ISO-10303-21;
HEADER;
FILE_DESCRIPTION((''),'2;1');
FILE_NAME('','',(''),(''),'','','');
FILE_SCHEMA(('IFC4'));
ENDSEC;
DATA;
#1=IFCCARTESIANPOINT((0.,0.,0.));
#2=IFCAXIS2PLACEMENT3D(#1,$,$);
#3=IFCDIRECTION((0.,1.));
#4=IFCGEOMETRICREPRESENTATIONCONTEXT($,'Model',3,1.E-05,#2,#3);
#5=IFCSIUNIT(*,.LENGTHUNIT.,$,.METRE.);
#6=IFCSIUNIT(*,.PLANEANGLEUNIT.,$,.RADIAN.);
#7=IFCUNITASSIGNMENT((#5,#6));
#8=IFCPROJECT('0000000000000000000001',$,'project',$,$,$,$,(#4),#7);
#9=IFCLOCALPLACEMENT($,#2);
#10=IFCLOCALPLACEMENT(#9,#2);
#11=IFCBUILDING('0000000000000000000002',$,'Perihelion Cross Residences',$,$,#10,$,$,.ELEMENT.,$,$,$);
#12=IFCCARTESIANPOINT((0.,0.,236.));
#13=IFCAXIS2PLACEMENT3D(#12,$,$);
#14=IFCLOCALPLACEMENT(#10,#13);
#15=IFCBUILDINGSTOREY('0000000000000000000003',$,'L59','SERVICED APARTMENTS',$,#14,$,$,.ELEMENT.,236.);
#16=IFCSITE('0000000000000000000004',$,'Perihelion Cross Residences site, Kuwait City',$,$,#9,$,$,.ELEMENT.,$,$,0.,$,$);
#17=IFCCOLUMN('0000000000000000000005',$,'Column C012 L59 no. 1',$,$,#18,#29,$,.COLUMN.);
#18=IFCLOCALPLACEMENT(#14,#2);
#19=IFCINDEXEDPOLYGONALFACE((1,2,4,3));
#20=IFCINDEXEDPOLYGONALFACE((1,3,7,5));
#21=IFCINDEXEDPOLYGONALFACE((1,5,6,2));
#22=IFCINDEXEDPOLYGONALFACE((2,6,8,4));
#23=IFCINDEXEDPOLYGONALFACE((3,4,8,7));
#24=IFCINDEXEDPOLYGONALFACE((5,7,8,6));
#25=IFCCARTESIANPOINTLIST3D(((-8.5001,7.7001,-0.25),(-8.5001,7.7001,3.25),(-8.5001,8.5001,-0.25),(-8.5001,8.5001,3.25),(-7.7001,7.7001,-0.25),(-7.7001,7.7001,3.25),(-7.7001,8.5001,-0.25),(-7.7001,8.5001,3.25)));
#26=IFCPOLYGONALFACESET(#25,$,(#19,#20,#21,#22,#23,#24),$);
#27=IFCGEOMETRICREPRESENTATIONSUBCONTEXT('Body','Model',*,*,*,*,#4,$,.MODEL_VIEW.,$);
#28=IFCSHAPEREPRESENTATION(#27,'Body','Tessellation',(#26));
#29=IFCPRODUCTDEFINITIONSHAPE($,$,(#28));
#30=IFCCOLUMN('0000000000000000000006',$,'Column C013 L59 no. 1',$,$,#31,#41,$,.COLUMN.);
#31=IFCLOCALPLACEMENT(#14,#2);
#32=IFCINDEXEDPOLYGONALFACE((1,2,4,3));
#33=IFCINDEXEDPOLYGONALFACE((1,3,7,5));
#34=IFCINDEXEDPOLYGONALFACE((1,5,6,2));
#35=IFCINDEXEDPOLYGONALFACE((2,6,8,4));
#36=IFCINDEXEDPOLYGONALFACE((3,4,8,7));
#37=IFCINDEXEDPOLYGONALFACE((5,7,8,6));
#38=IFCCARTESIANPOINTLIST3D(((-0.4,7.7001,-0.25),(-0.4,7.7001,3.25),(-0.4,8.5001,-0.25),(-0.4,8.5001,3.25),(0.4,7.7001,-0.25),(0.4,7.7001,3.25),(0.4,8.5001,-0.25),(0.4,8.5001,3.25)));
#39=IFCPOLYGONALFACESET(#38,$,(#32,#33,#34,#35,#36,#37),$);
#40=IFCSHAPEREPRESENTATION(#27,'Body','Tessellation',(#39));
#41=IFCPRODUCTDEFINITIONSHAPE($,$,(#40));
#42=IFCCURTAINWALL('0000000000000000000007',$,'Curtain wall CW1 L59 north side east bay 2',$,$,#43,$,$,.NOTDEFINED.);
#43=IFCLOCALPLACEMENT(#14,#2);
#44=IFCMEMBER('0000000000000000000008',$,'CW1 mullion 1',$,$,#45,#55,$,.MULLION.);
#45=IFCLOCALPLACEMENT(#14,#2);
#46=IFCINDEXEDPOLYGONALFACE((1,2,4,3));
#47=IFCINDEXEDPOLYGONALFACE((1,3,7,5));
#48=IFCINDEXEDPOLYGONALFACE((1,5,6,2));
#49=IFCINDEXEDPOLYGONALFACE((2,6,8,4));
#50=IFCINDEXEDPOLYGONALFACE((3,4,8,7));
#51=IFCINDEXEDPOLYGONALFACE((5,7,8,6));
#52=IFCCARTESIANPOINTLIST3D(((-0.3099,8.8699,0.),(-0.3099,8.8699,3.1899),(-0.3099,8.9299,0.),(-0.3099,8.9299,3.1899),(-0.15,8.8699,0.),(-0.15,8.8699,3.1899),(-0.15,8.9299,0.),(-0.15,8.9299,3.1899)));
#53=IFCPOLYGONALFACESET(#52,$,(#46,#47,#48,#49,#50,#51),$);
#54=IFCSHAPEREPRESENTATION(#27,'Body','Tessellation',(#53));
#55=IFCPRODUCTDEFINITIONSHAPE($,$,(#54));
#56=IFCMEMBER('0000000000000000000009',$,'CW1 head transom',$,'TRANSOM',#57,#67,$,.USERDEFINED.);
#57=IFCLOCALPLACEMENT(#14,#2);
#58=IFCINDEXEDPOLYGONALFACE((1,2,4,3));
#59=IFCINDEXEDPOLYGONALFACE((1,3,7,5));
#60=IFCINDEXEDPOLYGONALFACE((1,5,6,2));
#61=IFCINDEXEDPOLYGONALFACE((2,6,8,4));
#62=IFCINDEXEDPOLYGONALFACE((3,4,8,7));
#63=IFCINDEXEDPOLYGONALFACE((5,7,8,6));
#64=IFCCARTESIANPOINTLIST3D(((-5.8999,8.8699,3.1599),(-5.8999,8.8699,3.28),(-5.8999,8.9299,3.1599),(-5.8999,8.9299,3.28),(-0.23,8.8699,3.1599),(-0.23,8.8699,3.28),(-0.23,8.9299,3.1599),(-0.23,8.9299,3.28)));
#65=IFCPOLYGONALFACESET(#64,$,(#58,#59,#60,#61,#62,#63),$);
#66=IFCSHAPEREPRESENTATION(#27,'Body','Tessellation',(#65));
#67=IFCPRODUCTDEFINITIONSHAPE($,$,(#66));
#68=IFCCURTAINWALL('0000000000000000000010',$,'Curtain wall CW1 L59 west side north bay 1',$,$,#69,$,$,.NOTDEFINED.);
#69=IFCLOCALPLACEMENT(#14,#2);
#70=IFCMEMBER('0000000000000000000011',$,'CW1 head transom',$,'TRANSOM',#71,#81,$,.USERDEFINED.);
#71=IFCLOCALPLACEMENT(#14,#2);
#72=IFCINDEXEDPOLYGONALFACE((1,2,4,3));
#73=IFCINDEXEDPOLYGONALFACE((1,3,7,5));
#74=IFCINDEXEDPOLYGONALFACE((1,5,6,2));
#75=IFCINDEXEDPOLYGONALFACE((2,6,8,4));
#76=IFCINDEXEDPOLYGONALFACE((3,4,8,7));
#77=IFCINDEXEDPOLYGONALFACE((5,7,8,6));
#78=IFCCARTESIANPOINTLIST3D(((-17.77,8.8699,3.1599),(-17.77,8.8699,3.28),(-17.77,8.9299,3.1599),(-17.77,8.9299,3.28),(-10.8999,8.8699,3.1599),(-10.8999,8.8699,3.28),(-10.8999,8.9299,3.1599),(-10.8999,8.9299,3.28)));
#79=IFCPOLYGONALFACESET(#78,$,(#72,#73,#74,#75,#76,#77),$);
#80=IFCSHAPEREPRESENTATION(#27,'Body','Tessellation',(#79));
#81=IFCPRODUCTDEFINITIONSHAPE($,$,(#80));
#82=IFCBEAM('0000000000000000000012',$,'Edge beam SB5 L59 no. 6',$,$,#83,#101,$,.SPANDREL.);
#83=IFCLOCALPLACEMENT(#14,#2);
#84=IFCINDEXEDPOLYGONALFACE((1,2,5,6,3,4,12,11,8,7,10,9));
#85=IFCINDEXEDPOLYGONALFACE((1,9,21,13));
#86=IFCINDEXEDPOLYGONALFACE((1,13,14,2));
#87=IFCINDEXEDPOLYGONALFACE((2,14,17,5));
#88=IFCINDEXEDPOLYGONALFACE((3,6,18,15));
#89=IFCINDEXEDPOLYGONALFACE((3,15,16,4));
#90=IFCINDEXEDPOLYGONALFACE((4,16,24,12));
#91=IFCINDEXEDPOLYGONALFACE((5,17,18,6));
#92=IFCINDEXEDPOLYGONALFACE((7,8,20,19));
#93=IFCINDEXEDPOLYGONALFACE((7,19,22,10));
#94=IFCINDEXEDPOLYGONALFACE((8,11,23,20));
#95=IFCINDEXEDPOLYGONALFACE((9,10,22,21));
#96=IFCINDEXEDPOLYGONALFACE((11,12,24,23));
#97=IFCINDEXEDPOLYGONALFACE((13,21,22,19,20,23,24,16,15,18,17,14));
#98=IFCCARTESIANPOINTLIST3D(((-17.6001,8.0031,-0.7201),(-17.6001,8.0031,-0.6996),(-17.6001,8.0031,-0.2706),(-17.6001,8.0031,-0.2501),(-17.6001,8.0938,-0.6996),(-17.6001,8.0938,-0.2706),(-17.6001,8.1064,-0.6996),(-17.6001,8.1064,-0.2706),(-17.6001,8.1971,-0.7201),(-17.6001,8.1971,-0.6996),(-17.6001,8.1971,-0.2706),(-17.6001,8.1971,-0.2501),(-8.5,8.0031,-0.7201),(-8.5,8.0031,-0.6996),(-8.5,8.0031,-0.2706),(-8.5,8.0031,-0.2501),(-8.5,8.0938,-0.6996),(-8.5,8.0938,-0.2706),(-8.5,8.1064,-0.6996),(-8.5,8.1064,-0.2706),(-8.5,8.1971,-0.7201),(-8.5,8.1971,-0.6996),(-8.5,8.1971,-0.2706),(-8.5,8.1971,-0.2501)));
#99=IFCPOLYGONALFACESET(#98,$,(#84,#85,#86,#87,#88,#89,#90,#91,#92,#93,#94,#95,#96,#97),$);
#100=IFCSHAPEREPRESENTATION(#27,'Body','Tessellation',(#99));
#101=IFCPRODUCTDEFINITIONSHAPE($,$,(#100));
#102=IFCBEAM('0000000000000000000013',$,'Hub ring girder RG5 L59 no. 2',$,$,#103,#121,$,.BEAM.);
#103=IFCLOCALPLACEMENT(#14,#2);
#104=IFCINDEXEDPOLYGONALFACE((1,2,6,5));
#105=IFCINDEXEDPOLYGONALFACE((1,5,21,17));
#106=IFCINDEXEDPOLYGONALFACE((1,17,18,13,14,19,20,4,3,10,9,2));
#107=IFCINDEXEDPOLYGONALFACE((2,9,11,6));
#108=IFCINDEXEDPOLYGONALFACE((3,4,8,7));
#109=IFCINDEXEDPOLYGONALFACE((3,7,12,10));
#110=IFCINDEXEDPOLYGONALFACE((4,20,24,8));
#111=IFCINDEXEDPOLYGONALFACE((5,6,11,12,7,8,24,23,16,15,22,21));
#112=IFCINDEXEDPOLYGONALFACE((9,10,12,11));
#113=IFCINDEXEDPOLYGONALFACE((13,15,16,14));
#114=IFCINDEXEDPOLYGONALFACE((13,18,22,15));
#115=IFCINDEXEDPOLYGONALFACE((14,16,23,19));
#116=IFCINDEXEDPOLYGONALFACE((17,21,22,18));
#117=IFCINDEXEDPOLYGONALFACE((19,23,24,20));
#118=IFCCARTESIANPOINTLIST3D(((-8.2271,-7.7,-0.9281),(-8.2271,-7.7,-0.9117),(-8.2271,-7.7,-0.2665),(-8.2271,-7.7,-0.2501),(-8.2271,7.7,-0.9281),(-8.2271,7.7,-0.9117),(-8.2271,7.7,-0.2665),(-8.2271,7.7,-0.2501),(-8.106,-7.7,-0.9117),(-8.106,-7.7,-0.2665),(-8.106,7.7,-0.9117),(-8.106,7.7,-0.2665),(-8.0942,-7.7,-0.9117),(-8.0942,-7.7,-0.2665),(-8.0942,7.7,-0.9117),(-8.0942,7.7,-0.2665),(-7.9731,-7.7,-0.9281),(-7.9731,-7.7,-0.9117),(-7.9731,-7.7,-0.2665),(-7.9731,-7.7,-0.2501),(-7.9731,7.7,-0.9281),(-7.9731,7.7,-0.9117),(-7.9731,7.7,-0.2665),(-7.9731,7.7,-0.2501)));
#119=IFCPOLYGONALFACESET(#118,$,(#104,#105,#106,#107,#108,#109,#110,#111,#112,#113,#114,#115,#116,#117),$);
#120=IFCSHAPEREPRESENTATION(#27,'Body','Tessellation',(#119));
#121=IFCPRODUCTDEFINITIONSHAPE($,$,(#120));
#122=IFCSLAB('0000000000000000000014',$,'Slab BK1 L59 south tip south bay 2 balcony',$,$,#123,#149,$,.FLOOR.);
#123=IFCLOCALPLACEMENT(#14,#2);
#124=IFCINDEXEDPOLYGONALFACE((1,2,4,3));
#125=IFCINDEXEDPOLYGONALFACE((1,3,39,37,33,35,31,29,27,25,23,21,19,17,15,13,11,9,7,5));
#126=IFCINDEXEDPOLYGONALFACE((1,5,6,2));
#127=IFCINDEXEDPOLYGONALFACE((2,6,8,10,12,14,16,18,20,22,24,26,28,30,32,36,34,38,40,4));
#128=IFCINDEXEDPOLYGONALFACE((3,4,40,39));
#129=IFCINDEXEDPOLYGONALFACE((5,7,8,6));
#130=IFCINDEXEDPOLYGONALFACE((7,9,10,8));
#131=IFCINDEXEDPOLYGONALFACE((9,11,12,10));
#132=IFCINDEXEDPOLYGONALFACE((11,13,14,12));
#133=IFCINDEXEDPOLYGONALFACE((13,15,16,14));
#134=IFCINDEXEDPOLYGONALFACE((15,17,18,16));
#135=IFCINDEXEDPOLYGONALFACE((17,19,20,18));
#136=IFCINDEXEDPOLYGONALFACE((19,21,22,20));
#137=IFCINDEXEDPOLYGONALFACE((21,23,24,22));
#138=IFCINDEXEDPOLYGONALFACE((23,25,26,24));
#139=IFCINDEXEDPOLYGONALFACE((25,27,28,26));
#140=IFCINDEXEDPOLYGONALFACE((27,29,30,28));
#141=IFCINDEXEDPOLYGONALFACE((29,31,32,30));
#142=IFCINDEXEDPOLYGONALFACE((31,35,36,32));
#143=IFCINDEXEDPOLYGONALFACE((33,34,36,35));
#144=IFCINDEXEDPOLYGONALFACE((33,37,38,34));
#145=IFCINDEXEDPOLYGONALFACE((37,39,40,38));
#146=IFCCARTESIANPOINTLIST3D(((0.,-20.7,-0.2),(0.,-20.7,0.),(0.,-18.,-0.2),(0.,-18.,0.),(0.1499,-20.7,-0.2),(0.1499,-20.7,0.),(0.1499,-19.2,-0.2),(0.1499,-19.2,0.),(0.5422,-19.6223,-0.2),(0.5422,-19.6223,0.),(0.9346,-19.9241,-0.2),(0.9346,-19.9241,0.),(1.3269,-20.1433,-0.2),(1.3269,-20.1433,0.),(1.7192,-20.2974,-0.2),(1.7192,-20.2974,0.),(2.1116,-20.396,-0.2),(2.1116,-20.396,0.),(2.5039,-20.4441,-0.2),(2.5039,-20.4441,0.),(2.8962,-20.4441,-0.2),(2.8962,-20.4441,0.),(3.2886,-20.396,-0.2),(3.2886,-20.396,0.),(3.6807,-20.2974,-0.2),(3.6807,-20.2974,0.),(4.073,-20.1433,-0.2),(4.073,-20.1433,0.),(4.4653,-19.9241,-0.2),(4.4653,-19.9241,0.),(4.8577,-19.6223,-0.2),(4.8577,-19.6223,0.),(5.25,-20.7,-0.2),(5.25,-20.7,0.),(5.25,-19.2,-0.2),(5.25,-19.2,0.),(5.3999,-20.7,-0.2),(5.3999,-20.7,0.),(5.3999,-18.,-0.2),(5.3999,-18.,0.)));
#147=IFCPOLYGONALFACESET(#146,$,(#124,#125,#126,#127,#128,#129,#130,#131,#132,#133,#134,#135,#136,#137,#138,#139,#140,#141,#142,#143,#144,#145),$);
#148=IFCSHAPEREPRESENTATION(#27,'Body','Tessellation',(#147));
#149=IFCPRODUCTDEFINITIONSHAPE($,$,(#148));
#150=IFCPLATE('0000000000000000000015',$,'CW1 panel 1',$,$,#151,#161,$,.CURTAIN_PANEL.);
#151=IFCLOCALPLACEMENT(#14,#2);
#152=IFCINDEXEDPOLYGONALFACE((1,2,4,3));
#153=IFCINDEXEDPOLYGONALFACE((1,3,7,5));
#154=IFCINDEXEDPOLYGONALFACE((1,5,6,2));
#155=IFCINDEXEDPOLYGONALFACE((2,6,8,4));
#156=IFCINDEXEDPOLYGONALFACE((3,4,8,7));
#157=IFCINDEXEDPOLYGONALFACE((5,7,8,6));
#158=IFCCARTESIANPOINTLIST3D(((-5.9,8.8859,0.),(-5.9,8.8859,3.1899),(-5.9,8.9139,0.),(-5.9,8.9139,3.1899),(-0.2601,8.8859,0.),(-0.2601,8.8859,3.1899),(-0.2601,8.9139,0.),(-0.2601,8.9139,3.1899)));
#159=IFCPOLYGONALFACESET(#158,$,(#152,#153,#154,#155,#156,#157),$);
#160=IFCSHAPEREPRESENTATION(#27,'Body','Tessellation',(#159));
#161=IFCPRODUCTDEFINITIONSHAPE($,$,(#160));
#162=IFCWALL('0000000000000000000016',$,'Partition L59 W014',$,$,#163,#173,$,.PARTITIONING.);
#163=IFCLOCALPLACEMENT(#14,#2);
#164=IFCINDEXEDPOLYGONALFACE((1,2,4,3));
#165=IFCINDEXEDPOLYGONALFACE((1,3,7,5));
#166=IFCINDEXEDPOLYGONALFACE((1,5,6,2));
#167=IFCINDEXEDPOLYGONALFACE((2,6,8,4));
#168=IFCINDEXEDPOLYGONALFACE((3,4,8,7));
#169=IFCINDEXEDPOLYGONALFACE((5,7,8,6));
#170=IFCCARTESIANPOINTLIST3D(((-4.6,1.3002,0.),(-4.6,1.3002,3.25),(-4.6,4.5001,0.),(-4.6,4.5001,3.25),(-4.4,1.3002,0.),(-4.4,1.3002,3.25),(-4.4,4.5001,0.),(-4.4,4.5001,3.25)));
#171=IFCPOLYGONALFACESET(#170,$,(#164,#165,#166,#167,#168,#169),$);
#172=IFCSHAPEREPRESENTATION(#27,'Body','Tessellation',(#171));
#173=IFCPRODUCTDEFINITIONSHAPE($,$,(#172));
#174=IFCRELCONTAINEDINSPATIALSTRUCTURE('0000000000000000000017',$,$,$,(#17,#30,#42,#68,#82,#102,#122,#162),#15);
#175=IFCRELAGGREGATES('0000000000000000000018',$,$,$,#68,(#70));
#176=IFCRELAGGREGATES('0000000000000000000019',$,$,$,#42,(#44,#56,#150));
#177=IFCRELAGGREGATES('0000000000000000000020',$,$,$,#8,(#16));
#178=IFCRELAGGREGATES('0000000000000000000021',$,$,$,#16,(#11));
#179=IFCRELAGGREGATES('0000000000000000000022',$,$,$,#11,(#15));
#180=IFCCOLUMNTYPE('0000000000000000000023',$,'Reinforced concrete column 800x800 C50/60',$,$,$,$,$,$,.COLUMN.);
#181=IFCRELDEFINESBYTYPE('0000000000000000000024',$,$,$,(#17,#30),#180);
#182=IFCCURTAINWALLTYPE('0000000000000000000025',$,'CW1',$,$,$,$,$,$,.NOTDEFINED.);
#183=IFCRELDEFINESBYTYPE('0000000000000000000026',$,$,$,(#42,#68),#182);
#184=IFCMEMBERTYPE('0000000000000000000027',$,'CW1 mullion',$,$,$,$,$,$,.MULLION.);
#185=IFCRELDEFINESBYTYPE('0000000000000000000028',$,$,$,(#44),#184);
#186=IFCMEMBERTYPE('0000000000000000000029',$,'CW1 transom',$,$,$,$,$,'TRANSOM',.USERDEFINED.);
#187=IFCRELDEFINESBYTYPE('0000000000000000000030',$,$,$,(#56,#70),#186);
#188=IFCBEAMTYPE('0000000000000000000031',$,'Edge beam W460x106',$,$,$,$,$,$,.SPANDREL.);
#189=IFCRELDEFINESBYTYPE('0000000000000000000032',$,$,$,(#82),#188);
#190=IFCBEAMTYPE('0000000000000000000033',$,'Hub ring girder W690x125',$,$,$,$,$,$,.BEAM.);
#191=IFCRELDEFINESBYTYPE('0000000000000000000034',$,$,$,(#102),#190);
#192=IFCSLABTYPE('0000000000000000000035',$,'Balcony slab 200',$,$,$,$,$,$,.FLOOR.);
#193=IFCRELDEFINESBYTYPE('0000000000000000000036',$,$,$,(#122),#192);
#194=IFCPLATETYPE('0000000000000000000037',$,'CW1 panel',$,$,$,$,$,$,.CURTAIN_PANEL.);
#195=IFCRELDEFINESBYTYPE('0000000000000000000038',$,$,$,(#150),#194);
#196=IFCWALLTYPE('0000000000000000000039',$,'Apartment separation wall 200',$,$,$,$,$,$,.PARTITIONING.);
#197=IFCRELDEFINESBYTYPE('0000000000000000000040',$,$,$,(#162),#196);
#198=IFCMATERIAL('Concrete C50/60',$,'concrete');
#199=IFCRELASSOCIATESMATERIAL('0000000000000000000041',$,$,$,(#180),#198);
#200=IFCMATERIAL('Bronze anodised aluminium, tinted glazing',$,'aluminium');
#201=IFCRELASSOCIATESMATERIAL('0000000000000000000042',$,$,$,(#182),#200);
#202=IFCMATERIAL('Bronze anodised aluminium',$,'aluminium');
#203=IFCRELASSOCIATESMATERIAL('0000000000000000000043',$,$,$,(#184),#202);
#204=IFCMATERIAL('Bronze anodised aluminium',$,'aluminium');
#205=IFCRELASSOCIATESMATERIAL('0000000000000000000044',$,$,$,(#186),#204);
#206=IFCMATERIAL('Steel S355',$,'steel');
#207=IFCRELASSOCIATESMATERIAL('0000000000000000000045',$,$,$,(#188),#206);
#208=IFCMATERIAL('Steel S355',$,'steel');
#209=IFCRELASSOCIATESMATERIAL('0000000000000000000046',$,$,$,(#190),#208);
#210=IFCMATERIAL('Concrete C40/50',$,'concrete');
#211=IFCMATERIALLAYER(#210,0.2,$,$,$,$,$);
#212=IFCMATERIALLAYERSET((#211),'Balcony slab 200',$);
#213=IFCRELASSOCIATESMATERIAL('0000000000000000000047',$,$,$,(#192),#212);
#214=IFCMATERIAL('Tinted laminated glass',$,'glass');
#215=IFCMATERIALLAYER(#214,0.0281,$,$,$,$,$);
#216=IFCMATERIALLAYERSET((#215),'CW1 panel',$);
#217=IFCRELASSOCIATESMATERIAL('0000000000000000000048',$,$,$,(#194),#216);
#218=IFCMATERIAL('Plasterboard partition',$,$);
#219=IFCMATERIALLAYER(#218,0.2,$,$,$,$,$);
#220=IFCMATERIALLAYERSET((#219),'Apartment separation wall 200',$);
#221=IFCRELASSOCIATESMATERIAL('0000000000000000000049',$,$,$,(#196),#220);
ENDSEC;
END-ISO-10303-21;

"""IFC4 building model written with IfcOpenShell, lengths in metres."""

from ifc_helpers import new_model, si_unit, direction, frame, frame_2d, origin, origin_2d, place, context, subcontext, project, spatial, polyline, rectangle, i_section, outline, extrude, material, layer, layer_set, material_profile, profile_set, type_object, element, aggregate, save


model = new_model("IFC4")

# Units and contexts
model_context = context("Model", 3, precision=1e-05, world=origin(), true_north=direction((0.0, 1.0)))
body_context = subcontext(model_context, "Body", "Model", "MODEL_VIEW")
ifc_project = project(units=[si_unit("LENGTHUNIT", "METRE"), si_unit("PLANEANGLEUNIT", "RADIAN")], contexts=[model_context])

# Site, building, storey
site_placement = place(None, origin())
site = spatial("IfcSite", under=ifc_project, at=site_placement, Name="Perihelion Cross Residences site, Kuwait City", CompositionType="ELEMENT", RefElevation=0.0)
building_placement = place(site_placement, origin())
building = spatial("IfcBuilding", under=site, at=building_placement, Name="Perihelion Cross Residences", CompositionType="ELEMENT")
storey_placement = place(building_placement, frame((0.0, 0.0, 236.0)))
storey = spatial("IfcBuildingStorey", under=building, at=storey_placement, Name="L59", Description="SERVICED APARTMENTS", CompositionType="ELEMENT", Elevation=236.0)

# Columns
ifc_material_1 = material(Name="Concrete C50/60", Category="concrete")
ifc_material_profile_1 = material_profile(ifc_material_1, rectangle(XDim=0.8, YDim=0.8, at=origin_2d()), Name="RC 800x800")
ifc_profile_set_1 = profile_set([ifc_material_profile_1], Name="Concrete C50/60")
column_type = type_object("IfcColumnType", Name="Reinforced concrete column 800x800 C50/60", PredefinedType="COLUMN", material=ifc_profile_set_1)
for number, where, z_axis, x_axis, name in (
    (1, (-8.1001, 8.1001, -0.25), (0.0, 0.0, 1.0), (1.0, 0.0, 0.0), "Column C012 L59 no. 1"),
    (2, (0.0, 8.1001, -0.25), (0.0, 0.0, 1.0), (1.0, 0.0, 0.0), "Column C013 L59 no. 1"),
):
    element("IfcColumn", number, at=place(storey_placement, frame(where, z_axis=z_axis, x_axis=x_axis)), inside=storey, type_object=column_type, Name=name, PredefinedType="COLUMN", context=body_context, shape_type="SweptSolid", body=[
        extrude(rectangle(XDim=0.8, YDim=0.8, at=origin_2d()), origin(), (0.0, 0.0, 1.0), 3.5),
    ])

# Curtain wall, members
ifc_material_2 = material(Name="Bronze anodised aluminium, tinted glazing", Category="aluminium")
curtain_wall_type = type_object("IfcCurtainWallType", Name="CW1", PredefinedType="NOTDEFINED", material=ifc_material_2)
curtain_wall_1_placement = place(storey_placement, origin())
curtain_wall_1 = element("IfcCurtainWall", 3, at=curtain_wall_1_placement, inside=storey, type_object=curtain_wall_type, Name="Curtain wall CW1 L59 north side east bay 2", PredefinedType="NOTDEFINED")
ifc_material_3 = material(Name="Bronze anodised aluminium", Category="aluminium")
ifc_material_profile_2 = material_profile(ifc_material_3, rectangle(XDim=0.0601, YDim=0.1599, at=origin_2d()), Name="CW1 mullion")
ifc_profile_set_2 = profile_set([ifc_material_profile_2], Name="Bronze anodised aluminium")
member_type_1 = type_object("IfcMemberType", Name="CW1 mullion", PredefinedType="MULLION", material=ifc_profile_set_2)
member_1_placement = place(storey_placement, frame((-0.23, 8.8999, 0.0), z_axis=(0.0, 0.0, 1.0), x_axis=(0.0, -1.0, 0.0)))
member_1 = element("IfcMember", 4, at=member_1_placement, type_object=member_type_1, Name="CW1 mullion 1", PredefinedType="MULLION", context=body_context, shape_type="SweptSolid", body=[
    extrude(rectangle(XDim=0.0601, YDim=0.1599, at=origin_2d()), origin(), (0.0, 0.0, 1.0), 3.1899),
])
ifc_material_4 = material(Name="Bronze anodised aluminium", Category="aluminium")
ifc_material_profile_3 = material_profile(ifc_material_4, rectangle(XDim=0.0601, YDim=0.1201, at=origin_2d()), Name="CW1 transom")
ifc_profile_set_3 = profile_set([ifc_material_profile_3], Name="Bronze anodised aluminium")
member_type_2 = type_object("IfcMemberType", Name="CW1 transom", ElementType="TRANSOM", PredefinedType="USERDEFINED", material=ifc_profile_set_3)
member_2_placement = place(storey_placement, frame((-0.23, 8.8999, 3.22), z_axis=(-1.0, 0.0, 0.0), x_axis=(0.0, -1.0, 0.0)))
member_2 = element("IfcMember", 5, at=member_2_placement, type_object=member_type_2, Name="CW1 head transom", ObjectType="TRANSOM", PredefinedType="USERDEFINED", context=body_context, shape_type="SweptSolid", body=[
    extrude(rectangle(XDim=0.0601, YDim=0.1201, at=origin_2d()), origin(), (0.0, 0.0, 1.0), 5.6699),
])

# Curtain wall, member
curtain_wall_2_placement = place(storey_placement, origin())
curtain_wall_2 = element("IfcCurtainWall", 6, at=curtain_wall_2_placement, inside=storey, type_object=curtain_wall_type, Name="Curtain wall CW1 L59 west side north bay 1", PredefinedType="NOTDEFINED")
member_3_placement = place(storey_placement, frame((-10.8999, 8.8999, 3.22), z_axis=(-1.0, 0.0, 0.0), x_axis=(0.0, -1.0, 0.0)))
member_3 = element("IfcMember", 7, at=member_3_placement, type_object=member_type_2, Name="CW1 head transom", ObjectType="TRANSOM", PredefinedType="USERDEFINED", context=body_context, shape_type="SweptSolid", body=[
    extrude(rectangle(XDim=0.0601, YDim=0.1201, at=origin_2d()), origin(), (0.0, 0.0, 1.0), 6.8701),
])
aggregate(curtain_wall_2, [member_3])

# Beams
ifc_material_5 = material(Name="Steel S355", Category="steel")
ifc_material_profile_4 = material_profile(ifc_material_5, i_section(OverallWidth=0.1941, OverallDepth=0.47, WebThickness=0.0127, FlangeThickness=0.0205, at=origin_2d()), Name="W460x106")
ifc_profile_set_4 = profile_set([ifc_material_profile_4], Name="Steel S355")
beam_type_1 = type_object("IfcBeamType", Name="Edge beam W460x106", PredefinedType="SPANDREL", material=ifc_profile_set_4)
beam_1_placement = place(storey_placement, frame((-8.5, 8.1001, -0.4851), z_axis=(-1.0, 0.0, 0.0), x_axis=(0.0, -1.0, 0.0)))
element("IfcBeam", 8, at=beam_1_placement, inside=storey, type_object=beam_type_1, Name="Edge beam SB5 L59 no. 6", PredefinedType="SPANDREL", context=body_context, shape_type="SweptSolid", body=[
    extrude(i_section(OverallWidth=0.1941, OverallDepth=0.47, WebThickness=0.0127, FlangeThickness=0.0205, at=origin_2d()), origin(), (0.0, 0.0, 1.0), 9.1001),
])
ifc_material_6 = material(Name="Steel S355", Category="steel")
ifc_material_profile_5 = material_profile(ifc_material_6, i_section(OverallWidth=0.2539, OverallDepth=0.678, WebThickness=0.0117, FlangeThickness=0.0164, at=origin_2d()), Name="W690x125")
ifc_profile_set_5 = profile_set([ifc_material_profile_5], Name="Steel S355")
beam_type_2 = type_object("IfcBeamType", Name="Hub ring girder W690x125", PredefinedType="BEAM", material=ifc_profile_set_5)
beam_2_placement = place(storey_placement, frame((-8.1001, 7.7, -0.5891), z_axis=(0.0, -1.0, 0.0), x_axis=(1.0, 0.0, 0.0)))
element("IfcBeam", 9, at=beam_2_placement, inside=storey, type_object=beam_type_2, Name="Hub ring girder RG5 L59 no. 2", PredefinedType="BEAM", context=body_context, shape_type="SweptSolid", body=[
    extrude(i_section(OverallWidth=0.2539, OverallDepth=0.678, WebThickness=0.0117, FlangeThickness=0.0164, at=origin_2d()), origin(), (0.0, 0.0, 1.0), 15.3999),
])

# Slab
ifc_material_7 = material(Name="Concrete C40/50", Category="concrete")
ifc_layer_1 = layer(ifc_material_7, 0.2)
ifc_layer_set_1 = layer_set([ifc_layer_1], Name="Balcony slab 200")
slab_type = type_object("IfcSlabType", Name="Balcony slab 200", PredefinedType="FLOOR", material=ifc_layer_set_1)
slab_placement = place(storey_placement, frame((0.0, 0.0, -0.2)))
element("IfcSlab", 10, at=slab_placement, inside=storey, type_object=slab_type, Name="Slab BK1 L59 south tip south bay 2 balcony", PredefinedType="FLOOR", context=body_context, shape_type="SweptSolid", body=[
    extrude(outline(polyline([(0.0, -18.0), (5.3999, -18.0), (5.3999, -20.7), (5.25, -20.7), (5.25, -19.2), (4.8577, -19.6223), (4.4653, -19.9241), (4.073, -20.1433), (3.6807, -20.2974), (3.2886, -20.396), (2.8962, -20.4441), (2.5039, -20.4441), (2.1116, -20.396), (1.7192, -20.2974), (1.3269, -20.1433), (0.9346, -19.9241), (0.5422, -19.6223), (0.1499, -19.2), (0.1499, -20.7), (0.0, -20.7), (0.0, -18.0)])), origin(), (0.0, 0.0, 1.0), 0.2),
])

# Plate
ifc_material_8 = material(Name="Tinted laminated glass", Category="glass")
ifc_layer_2 = layer(ifc_material_8, 0.0281)
ifc_layer_set_2 = layer_set([ifc_layer_2], Name="CW1 panel")
plate_type = type_object("IfcPlateType", Name="CW1 panel", PredefinedType="CURTAIN_PANEL", material=ifc_layer_set_2)
plate_placement = place(storey_placement, frame((-3.0801, 8.8999, 0.0), z_axis=(0.0, 0.0, 1.0), x_axis=(-1.0, 0.0, 0.0)))
plate = element("IfcPlate", 11, at=plate_placement, type_object=plate_type, Name="CW1 panel 1", PredefinedType="CURTAIN_PANEL", context=body_context, shape_type="SweptSolid", body=[
    extrude(rectangle(XDim=5.6399, YDim=0.0281, at=origin_2d()), origin(), (0.0, 0.0, 1.0), 3.1899),
])
aggregate(curtain_wall_1, [member_1, member_2, plate])

# Wall
ifc_material_9 = material(Name="Plasterboard partition")
ifc_layer_3 = layer(ifc_material_9, 0.2)
ifc_layer_set_3 = layer_set([ifc_layer_3], Name="Apartment separation wall 200")
wall_type_1 = type_object("IfcWallType", Name="Apartment separation wall 200", PredefinedType="PARTITIONING", material=ifc_layer_set_3)
wall_1_placement = place(storey_placement, frame((-4.5, 1.3, 0.0), z_axis=(0.0, 0.0, 1.0), x_axis=(0.0, 1.0, 0.0)))
element("IfcWall", 12, at=wall_1_placement, inside=storey, type_object=wall_type_1, Name="Partition L59 W014", PredefinedType="PARTITIONING", context=body_context, shape_type="SweptSolid", body=[
    extrude(rectangle(XDim=3.2, YDim=0.2, at=frame_2d((1.6001, 0.0))), origin(), (0.0, 0.0, 1.0), 3.25),
])

save(model, "model.ifc")
